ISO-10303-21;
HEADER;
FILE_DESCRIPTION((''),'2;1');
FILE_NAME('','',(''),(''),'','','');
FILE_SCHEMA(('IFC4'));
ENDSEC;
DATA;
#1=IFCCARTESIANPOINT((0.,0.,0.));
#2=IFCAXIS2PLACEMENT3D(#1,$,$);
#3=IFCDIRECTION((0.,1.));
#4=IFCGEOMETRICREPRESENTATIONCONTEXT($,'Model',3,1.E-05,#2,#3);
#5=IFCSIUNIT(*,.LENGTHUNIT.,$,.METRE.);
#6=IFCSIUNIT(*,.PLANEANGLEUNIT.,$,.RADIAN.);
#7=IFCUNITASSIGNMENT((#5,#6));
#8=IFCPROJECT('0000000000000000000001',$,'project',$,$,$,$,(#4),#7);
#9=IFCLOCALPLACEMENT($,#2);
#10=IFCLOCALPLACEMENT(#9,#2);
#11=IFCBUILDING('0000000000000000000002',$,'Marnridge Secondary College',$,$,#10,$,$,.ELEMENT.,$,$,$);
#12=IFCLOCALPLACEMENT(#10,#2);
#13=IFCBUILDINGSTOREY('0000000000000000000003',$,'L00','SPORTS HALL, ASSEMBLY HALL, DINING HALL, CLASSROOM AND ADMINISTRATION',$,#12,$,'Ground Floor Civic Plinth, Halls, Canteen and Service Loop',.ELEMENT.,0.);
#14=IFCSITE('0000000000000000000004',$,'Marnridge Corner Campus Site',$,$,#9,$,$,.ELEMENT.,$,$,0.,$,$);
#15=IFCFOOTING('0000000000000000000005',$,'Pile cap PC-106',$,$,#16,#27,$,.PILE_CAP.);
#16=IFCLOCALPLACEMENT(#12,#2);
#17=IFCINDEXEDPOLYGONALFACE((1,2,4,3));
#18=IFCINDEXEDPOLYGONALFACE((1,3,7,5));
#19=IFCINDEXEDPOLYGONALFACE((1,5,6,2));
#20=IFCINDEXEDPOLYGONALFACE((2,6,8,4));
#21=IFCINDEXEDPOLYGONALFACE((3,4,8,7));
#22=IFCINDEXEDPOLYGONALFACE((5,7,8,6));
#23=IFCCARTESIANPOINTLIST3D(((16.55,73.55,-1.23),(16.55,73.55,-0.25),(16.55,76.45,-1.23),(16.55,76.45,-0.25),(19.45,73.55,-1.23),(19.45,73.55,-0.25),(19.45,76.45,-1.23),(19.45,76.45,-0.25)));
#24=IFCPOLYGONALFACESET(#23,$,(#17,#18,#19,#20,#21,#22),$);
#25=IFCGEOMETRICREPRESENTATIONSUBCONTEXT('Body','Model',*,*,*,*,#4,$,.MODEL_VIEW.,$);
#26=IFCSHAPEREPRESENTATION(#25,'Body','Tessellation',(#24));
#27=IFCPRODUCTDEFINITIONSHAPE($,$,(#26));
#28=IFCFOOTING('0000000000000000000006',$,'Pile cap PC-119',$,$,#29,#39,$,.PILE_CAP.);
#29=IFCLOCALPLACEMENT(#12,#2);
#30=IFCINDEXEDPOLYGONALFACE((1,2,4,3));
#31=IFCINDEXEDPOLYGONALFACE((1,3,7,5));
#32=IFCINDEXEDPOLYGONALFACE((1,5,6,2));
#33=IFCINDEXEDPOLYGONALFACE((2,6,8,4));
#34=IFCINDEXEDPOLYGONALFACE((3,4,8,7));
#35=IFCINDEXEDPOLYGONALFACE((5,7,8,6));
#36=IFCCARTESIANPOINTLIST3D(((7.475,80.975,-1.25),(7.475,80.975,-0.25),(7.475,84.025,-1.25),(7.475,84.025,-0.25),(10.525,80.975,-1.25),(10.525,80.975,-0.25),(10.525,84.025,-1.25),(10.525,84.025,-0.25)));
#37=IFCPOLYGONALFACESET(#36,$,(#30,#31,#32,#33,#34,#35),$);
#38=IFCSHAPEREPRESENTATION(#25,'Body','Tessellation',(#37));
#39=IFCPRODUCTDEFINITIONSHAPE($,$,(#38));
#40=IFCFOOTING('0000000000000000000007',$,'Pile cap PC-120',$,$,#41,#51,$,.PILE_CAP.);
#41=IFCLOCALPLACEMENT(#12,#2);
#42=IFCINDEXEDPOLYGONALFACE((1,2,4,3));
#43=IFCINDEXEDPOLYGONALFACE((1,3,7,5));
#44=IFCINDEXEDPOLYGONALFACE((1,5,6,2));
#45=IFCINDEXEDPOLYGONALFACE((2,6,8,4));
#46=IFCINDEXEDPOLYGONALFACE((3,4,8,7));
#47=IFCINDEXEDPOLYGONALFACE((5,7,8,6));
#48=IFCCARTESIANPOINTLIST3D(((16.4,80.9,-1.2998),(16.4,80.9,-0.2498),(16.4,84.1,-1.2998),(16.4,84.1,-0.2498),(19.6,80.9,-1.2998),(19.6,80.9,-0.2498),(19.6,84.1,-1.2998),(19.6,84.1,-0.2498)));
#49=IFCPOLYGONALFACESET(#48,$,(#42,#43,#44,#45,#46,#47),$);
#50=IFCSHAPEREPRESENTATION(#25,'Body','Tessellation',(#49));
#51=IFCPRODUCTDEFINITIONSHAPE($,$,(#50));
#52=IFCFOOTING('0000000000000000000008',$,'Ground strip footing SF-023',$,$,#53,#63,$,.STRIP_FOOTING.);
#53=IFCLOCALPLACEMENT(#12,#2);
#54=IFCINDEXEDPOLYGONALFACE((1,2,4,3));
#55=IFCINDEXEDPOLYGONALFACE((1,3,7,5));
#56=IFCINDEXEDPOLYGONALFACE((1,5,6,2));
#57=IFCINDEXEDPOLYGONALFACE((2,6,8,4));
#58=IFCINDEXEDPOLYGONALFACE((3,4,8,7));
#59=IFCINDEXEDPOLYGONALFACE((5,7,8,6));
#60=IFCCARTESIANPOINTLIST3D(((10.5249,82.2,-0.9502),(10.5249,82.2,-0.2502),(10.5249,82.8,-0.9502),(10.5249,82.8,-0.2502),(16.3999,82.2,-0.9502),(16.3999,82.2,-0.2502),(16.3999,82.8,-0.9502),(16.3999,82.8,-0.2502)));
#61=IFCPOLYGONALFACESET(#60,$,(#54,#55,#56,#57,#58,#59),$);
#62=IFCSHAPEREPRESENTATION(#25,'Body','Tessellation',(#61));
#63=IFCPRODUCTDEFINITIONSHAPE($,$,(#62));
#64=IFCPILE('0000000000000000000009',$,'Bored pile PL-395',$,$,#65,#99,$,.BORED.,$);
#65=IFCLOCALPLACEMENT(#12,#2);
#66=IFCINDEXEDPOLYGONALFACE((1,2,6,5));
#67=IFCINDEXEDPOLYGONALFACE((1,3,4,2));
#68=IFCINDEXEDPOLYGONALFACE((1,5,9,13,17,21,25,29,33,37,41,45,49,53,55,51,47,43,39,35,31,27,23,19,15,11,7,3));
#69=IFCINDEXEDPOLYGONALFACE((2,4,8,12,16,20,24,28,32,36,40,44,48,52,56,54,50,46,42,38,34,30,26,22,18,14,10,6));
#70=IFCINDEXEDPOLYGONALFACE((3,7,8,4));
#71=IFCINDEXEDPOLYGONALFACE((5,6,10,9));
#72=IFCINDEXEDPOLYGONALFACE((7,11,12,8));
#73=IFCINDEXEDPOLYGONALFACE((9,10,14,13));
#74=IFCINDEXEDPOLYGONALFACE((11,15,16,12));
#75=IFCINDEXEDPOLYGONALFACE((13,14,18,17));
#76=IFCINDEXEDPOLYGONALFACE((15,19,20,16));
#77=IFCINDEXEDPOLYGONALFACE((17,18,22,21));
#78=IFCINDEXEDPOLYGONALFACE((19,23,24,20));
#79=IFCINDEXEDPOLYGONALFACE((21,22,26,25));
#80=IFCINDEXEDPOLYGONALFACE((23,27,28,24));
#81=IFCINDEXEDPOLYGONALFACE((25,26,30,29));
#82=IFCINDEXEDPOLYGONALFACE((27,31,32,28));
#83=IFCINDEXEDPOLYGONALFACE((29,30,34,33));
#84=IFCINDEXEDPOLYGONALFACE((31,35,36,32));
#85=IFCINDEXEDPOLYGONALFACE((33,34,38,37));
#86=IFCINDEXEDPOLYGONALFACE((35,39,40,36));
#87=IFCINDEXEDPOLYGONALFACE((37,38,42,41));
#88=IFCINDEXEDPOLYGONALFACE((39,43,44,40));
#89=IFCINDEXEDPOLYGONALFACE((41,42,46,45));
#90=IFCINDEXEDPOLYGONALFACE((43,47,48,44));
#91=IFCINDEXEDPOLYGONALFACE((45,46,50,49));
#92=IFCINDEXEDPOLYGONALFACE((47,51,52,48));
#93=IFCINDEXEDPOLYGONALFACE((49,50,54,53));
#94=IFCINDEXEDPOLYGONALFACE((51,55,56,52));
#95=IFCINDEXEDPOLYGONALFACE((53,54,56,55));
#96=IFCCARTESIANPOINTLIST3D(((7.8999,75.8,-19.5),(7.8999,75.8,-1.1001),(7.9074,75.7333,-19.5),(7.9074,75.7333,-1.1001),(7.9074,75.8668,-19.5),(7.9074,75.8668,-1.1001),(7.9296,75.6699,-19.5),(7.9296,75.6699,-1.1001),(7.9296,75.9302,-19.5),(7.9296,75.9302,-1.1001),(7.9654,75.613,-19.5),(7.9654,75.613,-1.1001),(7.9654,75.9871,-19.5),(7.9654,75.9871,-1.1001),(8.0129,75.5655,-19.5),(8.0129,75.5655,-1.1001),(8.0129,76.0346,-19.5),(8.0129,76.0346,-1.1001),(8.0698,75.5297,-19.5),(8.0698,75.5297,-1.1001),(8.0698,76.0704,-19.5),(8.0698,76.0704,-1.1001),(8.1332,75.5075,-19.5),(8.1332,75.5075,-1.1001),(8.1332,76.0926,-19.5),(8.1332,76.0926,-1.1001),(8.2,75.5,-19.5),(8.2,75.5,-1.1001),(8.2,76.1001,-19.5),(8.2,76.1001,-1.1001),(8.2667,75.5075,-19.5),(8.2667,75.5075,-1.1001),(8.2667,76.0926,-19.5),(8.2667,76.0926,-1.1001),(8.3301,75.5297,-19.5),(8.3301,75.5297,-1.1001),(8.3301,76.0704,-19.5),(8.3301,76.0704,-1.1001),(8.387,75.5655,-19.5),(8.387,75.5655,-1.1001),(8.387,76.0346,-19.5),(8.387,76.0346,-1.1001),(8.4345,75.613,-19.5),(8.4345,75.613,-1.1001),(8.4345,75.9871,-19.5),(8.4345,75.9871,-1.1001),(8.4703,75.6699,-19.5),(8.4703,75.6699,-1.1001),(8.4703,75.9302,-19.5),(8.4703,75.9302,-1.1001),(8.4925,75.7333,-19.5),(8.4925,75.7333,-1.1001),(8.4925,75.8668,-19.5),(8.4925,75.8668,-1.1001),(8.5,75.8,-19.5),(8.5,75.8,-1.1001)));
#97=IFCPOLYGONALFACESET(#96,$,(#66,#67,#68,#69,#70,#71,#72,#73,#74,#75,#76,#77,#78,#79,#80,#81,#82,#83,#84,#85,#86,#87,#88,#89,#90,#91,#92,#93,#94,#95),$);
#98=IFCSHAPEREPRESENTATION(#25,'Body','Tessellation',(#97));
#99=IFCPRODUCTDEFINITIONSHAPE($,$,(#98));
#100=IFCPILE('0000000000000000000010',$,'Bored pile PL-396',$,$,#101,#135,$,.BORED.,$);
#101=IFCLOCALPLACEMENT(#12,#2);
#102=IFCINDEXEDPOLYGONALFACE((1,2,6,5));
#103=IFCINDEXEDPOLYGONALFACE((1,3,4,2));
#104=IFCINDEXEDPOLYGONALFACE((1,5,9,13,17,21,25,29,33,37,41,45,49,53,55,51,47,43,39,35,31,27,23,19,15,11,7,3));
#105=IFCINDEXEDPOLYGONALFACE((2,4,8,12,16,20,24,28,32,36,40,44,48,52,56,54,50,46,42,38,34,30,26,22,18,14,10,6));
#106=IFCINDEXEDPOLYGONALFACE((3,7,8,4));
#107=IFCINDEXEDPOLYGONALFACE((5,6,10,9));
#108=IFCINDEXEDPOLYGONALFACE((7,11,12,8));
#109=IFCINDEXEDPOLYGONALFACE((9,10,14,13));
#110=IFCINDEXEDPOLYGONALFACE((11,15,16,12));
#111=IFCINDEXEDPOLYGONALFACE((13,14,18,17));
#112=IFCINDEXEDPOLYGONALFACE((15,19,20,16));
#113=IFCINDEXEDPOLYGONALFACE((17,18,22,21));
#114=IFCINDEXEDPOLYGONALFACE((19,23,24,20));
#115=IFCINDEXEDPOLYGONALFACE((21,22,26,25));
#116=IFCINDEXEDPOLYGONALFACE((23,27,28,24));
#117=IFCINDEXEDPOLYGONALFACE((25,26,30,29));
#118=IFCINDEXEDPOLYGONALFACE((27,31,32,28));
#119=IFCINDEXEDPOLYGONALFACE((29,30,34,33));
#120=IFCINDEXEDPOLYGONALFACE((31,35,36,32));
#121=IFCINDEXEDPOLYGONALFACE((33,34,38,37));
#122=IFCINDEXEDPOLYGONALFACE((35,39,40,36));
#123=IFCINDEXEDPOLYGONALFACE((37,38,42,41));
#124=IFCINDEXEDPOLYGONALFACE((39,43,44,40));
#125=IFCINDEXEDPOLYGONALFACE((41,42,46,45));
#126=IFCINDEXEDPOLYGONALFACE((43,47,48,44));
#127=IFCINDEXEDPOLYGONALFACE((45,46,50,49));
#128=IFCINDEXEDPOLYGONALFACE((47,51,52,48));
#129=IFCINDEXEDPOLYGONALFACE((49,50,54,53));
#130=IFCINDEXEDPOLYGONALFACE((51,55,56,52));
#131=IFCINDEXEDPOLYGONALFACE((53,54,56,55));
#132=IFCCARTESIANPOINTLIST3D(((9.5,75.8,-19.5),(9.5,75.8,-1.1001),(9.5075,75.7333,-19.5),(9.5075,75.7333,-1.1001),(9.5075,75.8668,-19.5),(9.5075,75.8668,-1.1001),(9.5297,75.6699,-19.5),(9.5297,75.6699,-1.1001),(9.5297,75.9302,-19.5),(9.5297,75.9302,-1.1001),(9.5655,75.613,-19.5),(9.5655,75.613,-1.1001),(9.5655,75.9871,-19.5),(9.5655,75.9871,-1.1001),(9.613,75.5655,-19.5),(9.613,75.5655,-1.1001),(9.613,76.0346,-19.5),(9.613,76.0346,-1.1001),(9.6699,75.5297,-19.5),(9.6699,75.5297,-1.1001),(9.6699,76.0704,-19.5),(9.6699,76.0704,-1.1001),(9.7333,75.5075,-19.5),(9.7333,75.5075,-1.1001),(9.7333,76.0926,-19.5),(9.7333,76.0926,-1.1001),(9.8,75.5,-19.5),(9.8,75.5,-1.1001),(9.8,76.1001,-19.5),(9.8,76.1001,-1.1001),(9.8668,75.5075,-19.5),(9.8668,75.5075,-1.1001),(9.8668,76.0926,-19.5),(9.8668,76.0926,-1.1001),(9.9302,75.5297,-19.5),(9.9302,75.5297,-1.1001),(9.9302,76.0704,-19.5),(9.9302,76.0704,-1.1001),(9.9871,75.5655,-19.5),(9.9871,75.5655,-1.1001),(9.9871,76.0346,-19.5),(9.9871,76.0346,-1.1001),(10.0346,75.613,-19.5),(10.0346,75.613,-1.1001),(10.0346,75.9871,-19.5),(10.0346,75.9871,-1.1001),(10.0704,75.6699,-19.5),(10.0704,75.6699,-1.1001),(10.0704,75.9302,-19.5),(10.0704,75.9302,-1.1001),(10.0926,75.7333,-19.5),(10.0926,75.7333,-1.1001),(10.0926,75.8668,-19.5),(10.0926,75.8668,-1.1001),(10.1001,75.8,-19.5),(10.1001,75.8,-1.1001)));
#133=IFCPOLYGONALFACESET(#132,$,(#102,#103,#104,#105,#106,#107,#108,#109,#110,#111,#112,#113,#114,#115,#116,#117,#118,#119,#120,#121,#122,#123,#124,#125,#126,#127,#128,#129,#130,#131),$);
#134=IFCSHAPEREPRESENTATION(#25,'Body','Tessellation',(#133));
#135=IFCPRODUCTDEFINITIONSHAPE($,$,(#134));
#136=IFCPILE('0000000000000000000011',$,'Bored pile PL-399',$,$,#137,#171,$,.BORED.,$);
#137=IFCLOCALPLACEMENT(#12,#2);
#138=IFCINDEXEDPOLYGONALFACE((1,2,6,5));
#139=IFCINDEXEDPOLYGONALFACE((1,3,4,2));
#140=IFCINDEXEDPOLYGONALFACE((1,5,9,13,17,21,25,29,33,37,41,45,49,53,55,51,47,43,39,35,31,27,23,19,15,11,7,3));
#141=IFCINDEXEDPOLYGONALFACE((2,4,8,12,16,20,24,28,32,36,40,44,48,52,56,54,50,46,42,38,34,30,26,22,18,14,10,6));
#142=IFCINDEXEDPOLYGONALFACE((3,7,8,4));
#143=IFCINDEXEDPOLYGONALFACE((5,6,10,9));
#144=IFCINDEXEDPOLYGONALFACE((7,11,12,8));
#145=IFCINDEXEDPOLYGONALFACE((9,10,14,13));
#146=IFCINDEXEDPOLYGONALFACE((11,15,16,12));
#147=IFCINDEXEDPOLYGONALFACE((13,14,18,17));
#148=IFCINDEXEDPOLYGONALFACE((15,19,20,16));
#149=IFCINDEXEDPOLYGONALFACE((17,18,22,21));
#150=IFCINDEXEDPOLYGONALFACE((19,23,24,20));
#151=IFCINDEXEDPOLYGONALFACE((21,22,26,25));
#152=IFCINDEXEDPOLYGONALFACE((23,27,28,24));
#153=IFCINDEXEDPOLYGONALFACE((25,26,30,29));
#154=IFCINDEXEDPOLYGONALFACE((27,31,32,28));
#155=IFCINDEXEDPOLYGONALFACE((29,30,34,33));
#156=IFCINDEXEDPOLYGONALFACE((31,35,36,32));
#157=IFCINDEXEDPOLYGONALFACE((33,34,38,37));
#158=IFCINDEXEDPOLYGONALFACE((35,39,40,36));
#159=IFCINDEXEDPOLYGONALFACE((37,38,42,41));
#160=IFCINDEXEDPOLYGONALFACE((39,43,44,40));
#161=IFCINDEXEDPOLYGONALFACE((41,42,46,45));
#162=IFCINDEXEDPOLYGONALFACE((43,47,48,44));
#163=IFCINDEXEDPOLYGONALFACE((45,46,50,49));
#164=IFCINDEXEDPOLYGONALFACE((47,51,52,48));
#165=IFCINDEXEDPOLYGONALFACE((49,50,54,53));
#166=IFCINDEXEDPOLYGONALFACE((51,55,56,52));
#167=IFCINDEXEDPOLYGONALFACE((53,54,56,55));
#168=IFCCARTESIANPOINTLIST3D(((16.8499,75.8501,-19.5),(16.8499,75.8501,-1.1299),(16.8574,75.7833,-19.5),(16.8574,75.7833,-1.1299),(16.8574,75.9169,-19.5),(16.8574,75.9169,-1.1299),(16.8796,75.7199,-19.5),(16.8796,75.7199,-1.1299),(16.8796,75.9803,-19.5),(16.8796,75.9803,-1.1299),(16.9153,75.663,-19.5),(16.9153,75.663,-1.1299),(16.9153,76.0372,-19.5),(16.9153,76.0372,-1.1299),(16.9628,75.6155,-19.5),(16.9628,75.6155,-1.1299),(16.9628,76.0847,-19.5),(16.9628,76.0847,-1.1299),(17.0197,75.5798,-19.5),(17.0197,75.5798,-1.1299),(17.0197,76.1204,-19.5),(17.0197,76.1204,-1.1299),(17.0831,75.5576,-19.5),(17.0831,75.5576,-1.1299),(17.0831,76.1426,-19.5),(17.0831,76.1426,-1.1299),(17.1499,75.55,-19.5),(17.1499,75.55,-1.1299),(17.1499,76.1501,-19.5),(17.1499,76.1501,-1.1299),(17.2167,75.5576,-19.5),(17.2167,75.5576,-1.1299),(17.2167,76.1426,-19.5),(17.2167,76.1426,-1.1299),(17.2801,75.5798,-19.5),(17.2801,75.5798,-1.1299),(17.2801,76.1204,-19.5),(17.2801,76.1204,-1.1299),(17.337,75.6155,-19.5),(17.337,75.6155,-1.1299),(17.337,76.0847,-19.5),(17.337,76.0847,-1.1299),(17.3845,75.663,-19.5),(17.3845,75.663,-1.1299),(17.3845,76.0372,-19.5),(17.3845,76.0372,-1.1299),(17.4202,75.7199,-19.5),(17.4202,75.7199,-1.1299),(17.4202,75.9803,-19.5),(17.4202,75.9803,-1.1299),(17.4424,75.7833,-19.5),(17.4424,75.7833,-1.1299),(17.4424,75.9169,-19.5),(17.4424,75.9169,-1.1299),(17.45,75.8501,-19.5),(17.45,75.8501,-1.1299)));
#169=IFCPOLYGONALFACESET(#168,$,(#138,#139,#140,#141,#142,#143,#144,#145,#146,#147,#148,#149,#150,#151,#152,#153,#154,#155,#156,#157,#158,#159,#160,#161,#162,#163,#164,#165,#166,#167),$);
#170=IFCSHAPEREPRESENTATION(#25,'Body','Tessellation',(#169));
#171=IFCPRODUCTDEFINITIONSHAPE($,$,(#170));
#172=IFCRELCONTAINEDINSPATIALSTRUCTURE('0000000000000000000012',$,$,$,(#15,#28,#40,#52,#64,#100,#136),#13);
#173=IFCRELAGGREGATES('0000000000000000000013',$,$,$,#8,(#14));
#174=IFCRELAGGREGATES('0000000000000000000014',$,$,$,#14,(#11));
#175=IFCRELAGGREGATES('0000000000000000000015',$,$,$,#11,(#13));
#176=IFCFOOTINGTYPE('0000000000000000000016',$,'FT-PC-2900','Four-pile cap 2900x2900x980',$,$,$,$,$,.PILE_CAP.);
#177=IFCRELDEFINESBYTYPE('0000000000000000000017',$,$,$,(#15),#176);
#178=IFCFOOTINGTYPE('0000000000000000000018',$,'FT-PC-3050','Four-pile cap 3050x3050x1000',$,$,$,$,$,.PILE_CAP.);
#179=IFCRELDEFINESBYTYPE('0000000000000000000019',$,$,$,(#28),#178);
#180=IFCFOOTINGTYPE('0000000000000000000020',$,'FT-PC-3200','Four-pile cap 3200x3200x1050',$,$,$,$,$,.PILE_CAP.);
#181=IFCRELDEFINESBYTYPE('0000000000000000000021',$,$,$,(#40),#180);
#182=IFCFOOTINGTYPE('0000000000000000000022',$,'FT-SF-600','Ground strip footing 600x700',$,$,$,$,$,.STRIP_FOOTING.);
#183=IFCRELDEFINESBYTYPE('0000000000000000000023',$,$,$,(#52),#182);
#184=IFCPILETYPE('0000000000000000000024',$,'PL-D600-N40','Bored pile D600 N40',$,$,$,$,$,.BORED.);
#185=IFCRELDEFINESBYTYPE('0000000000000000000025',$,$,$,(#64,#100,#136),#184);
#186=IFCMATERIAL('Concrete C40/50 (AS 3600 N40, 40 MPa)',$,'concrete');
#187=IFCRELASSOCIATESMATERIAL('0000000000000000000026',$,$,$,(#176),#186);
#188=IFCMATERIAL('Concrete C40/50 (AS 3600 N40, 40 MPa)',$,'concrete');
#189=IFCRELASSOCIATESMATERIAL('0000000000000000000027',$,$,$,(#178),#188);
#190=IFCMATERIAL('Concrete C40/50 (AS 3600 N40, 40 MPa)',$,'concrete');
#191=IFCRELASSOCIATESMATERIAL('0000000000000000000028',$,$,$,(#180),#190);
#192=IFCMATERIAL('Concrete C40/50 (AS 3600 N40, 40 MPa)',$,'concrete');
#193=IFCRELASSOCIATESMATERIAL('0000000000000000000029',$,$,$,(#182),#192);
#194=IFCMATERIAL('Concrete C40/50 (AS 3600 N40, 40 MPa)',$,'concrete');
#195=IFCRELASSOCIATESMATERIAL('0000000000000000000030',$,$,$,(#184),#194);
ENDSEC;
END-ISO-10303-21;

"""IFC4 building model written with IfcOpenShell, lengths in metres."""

from ifc_helpers import new_model, si_unit, direction, frame, origin, origin_2d, place, context, subcontext, project, spatial, rectangle, circle, extrude, material, material_profile, profile_set, type_object, element, save


model = new_model("IFC4")

# Units and contexts
model_context = context("Model", 3, precision=1e-05, world=origin(), true_north=direction((0.0, 1.0)))
body_context = subcontext(model_context, "Body", "Model", "MODEL_VIEW")
ifc_project = project(units=[si_unit("LENGTHUNIT", "METRE"), si_unit("PLANEANGLEUNIT", "RADIAN")], contexts=[model_context])

# Site, building, storey
site_placement = place(None, origin())
site = spatial("IfcSite", under=ifc_project, at=site_placement, Name="Marnridge Corner Campus Site", CompositionType="ELEMENT", RefElevation=0.0)
building_placement = place(site_placement, origin())
building = spatial("IfcBuilding", under=site, at=building_placement, Name="Marnridge Secondary College", CompositionType="ELEMENT")
storey_placement = place(building_placement, origin())
storey = spatial("IfcBuildingStorey", under=building, at=storey_placement, Name="L00", Description="SPORTS HALL, ASSEMBLY HALL, DINING HALL, CLASSROOM AND ADMINISTRATION", LongName="Ground Floor Civic Plinth, Halls, Canteen and Service Loop", CompositionType="ELEMENT", Elevation=0.0)

# Footings
ifc_material_1 = material(Name="Concrete C40/50 (AS 3600 N40, 40 MPa)", Category="concrete")
footing_type_1 = type_object("IfcFootingType", Name="FT-PC-2900", Description="Four-pile cap 2900x2900x980", PredefinedType="PILE_CAP", material=ifc_material_1)
footing_1_placement = place(storey_placement, frame((18.0, 75.0, -1.23), z_axis=(0.0, 0.0, 1.0), x_axis=(1.0, 0.0, 0.0)))
element("IfcFooting", 1, at=footing_1_placement, inside=storey, type_object=footing_type_1, Name="Pile cap PC-106", PredefinedType="PILE_CAP", context=body_context, shape_type="SweptSolid", body=[
    extrude(rectangle(XDim=2.8999, YDim=2.8999, at=origin_2d()), origin(), (0.0, 0.0, 1.0), 0.98),
])
ifc_material_2 = material(Name="Concrete C40/50 (AS 3600 N40, 40 MPa)", Category="concrete")
footing_type_2 = type_object("IfcFootingType", Name="FT-PC-3050", Description="Four-pile cap 3050x3050x1000", PredefinedType="PILE_CAP", material=ifc_material_2)
footing_2_placement = place(storey_placement, frame((9.0, 82.5, -1.25), z_axis=(0.0, 0.0, 1.0), x_axis=(1.0, 0.0, 0.0)))
element("IfcFooting", 2, at=footing_2_placement, inside=storey, type_object=footing_type_2, Name="Pile cap PC-119", PredefinedType="PILE_CAP", context=body_context, shape_type="SweptSolid", body=[
    extrude(rectangle(XDim=3.05, YDim=3.05, at=origin_2d()), origin(), (0.0, 0.0, 1.0), 1.0),
])
ifc_material_3 = material(Name="Concrete C40/50 (AS 3600 N40, 40 MPa)", Category="concrete")
footing_type_3 = type_object("IfcFootingType", Name="FT-PC-3200", Description="Four-pile cap 3200x3200x1050", PredefinedType="PILE_CAP", material=ifc_material_3)
footing_3_placement = place(storey_placement, frame((18.0, 82.5, -1.2998), z_axis=(0.0, 0.0, 1.0), x_axis=(1.0, 0.0, 0.0)))
element("IfcFooting", 3, at=footing_3_placement, inside=storey, type_object=footing_type_3, Name="Pile cap PC-120", PredefinedType="PILE_CAP", context=body_context, shape_type="SweptSolid", body=[
    extrude(rectangle(XDim=3.2, YDim=3.2, at=origin_2d()), origin(), (0.0, 0.0, 1.0), 1.05),
])
ifc_material_4 = material(Name="Concrete C40/50 (AS 3600 N40, 40 MPa)", Category="concrete")
footing_type_4 = type_object("IfcFootingType", Name="FT-SF-600", Description="Ground strip footing 600x700", PredefinedType="STRIP_FOOTING", material=ifc_material_4)
footing_4_placement = place(storey_placement, frame((13.4624, 82.5, -0.9502), z_axis=(0.0, 0.0, 1.0), x_axis=(1.0, 0.0, 0.0)))
element("IfcFooting", 4, at=footing_4_placement, inside=storey, type_object=footing_type_4, Name="Ground strip footing SF-023", PredefinedType="STRIP_FOOTING", context=body_context, shape_type="SweptSolid", body=[
    extrude(rectangle(XDim=5.875, YDim=0.6001, at=origin_2d()), origin(), (0.0, 0.0, 1.0), 0.7),
])

# Piles
ifc_material_5 = material(Name="Concrete C40/50 (AS 3600 N40, 40 MPa)", Category="concrete")
ifc_material_profile_1 = material_profile(ifc_material_5, circle(Radius=0.3, at=origin_2d()), Name="PILE D600")
ifc_profile_set_1 = profile_set([ifc_material_profile_1], Name="Concrete C40/50 (AS 3600 N40, 40 MPa)")
pile_type_1 = type_object("IfcPileType", Name="PL-D600-N40", Description="Bored pile D600 N40", PredefinedType="BORED", material=ifc_profile_set_1)
for number, where, z_axis, x_axis, name in (
    (5, (8.2, 75.8, -1.1001), (0.0, 0.0, -1.0), (1.0, 0.0, 0.0), "Bored pile PL-395"),
    (6, (9.8, 75.8, -1.1001), (0.0, 0.0, -1.0), (1.0, 0.0, 0.0), "Bored pile PL-396"),
):
    element("IfcPile", number, at=place(storey_placement, frame(where, z_axis=z_axis, x_axis=x_axis)), inside=storey, type_object=pile_type_1, Name=name, PredefinedType="BORED", context=body_context, shape_type="SweptSolid", body=[
        extrude(circle(Radius=0.3, at=origin_2d()), origin(), (0.0, 0.0, 1.0), 18.3999),
    ])
pile_1_placement = place(storey_placement, frame((17.1499, 75.8501, -1.1299), z_axis=(0.0, 0.0, -1.0), x_axis=(1.0, 0.0, 0.0)))
element("IfcPile", 7, at=pile_1_placement, inside=storey, type_object=pile_type_1, Name="Bored pile PL-399", PredefinedType="BORED", context=body_context, shape_type="SweptSolid", body=[
    extrude(circle(Radius=0.3, at=origin_2d()), origin(), (0.0, 0.0, 1.0), 18.3701),
])

save(model, "model.ifc")
